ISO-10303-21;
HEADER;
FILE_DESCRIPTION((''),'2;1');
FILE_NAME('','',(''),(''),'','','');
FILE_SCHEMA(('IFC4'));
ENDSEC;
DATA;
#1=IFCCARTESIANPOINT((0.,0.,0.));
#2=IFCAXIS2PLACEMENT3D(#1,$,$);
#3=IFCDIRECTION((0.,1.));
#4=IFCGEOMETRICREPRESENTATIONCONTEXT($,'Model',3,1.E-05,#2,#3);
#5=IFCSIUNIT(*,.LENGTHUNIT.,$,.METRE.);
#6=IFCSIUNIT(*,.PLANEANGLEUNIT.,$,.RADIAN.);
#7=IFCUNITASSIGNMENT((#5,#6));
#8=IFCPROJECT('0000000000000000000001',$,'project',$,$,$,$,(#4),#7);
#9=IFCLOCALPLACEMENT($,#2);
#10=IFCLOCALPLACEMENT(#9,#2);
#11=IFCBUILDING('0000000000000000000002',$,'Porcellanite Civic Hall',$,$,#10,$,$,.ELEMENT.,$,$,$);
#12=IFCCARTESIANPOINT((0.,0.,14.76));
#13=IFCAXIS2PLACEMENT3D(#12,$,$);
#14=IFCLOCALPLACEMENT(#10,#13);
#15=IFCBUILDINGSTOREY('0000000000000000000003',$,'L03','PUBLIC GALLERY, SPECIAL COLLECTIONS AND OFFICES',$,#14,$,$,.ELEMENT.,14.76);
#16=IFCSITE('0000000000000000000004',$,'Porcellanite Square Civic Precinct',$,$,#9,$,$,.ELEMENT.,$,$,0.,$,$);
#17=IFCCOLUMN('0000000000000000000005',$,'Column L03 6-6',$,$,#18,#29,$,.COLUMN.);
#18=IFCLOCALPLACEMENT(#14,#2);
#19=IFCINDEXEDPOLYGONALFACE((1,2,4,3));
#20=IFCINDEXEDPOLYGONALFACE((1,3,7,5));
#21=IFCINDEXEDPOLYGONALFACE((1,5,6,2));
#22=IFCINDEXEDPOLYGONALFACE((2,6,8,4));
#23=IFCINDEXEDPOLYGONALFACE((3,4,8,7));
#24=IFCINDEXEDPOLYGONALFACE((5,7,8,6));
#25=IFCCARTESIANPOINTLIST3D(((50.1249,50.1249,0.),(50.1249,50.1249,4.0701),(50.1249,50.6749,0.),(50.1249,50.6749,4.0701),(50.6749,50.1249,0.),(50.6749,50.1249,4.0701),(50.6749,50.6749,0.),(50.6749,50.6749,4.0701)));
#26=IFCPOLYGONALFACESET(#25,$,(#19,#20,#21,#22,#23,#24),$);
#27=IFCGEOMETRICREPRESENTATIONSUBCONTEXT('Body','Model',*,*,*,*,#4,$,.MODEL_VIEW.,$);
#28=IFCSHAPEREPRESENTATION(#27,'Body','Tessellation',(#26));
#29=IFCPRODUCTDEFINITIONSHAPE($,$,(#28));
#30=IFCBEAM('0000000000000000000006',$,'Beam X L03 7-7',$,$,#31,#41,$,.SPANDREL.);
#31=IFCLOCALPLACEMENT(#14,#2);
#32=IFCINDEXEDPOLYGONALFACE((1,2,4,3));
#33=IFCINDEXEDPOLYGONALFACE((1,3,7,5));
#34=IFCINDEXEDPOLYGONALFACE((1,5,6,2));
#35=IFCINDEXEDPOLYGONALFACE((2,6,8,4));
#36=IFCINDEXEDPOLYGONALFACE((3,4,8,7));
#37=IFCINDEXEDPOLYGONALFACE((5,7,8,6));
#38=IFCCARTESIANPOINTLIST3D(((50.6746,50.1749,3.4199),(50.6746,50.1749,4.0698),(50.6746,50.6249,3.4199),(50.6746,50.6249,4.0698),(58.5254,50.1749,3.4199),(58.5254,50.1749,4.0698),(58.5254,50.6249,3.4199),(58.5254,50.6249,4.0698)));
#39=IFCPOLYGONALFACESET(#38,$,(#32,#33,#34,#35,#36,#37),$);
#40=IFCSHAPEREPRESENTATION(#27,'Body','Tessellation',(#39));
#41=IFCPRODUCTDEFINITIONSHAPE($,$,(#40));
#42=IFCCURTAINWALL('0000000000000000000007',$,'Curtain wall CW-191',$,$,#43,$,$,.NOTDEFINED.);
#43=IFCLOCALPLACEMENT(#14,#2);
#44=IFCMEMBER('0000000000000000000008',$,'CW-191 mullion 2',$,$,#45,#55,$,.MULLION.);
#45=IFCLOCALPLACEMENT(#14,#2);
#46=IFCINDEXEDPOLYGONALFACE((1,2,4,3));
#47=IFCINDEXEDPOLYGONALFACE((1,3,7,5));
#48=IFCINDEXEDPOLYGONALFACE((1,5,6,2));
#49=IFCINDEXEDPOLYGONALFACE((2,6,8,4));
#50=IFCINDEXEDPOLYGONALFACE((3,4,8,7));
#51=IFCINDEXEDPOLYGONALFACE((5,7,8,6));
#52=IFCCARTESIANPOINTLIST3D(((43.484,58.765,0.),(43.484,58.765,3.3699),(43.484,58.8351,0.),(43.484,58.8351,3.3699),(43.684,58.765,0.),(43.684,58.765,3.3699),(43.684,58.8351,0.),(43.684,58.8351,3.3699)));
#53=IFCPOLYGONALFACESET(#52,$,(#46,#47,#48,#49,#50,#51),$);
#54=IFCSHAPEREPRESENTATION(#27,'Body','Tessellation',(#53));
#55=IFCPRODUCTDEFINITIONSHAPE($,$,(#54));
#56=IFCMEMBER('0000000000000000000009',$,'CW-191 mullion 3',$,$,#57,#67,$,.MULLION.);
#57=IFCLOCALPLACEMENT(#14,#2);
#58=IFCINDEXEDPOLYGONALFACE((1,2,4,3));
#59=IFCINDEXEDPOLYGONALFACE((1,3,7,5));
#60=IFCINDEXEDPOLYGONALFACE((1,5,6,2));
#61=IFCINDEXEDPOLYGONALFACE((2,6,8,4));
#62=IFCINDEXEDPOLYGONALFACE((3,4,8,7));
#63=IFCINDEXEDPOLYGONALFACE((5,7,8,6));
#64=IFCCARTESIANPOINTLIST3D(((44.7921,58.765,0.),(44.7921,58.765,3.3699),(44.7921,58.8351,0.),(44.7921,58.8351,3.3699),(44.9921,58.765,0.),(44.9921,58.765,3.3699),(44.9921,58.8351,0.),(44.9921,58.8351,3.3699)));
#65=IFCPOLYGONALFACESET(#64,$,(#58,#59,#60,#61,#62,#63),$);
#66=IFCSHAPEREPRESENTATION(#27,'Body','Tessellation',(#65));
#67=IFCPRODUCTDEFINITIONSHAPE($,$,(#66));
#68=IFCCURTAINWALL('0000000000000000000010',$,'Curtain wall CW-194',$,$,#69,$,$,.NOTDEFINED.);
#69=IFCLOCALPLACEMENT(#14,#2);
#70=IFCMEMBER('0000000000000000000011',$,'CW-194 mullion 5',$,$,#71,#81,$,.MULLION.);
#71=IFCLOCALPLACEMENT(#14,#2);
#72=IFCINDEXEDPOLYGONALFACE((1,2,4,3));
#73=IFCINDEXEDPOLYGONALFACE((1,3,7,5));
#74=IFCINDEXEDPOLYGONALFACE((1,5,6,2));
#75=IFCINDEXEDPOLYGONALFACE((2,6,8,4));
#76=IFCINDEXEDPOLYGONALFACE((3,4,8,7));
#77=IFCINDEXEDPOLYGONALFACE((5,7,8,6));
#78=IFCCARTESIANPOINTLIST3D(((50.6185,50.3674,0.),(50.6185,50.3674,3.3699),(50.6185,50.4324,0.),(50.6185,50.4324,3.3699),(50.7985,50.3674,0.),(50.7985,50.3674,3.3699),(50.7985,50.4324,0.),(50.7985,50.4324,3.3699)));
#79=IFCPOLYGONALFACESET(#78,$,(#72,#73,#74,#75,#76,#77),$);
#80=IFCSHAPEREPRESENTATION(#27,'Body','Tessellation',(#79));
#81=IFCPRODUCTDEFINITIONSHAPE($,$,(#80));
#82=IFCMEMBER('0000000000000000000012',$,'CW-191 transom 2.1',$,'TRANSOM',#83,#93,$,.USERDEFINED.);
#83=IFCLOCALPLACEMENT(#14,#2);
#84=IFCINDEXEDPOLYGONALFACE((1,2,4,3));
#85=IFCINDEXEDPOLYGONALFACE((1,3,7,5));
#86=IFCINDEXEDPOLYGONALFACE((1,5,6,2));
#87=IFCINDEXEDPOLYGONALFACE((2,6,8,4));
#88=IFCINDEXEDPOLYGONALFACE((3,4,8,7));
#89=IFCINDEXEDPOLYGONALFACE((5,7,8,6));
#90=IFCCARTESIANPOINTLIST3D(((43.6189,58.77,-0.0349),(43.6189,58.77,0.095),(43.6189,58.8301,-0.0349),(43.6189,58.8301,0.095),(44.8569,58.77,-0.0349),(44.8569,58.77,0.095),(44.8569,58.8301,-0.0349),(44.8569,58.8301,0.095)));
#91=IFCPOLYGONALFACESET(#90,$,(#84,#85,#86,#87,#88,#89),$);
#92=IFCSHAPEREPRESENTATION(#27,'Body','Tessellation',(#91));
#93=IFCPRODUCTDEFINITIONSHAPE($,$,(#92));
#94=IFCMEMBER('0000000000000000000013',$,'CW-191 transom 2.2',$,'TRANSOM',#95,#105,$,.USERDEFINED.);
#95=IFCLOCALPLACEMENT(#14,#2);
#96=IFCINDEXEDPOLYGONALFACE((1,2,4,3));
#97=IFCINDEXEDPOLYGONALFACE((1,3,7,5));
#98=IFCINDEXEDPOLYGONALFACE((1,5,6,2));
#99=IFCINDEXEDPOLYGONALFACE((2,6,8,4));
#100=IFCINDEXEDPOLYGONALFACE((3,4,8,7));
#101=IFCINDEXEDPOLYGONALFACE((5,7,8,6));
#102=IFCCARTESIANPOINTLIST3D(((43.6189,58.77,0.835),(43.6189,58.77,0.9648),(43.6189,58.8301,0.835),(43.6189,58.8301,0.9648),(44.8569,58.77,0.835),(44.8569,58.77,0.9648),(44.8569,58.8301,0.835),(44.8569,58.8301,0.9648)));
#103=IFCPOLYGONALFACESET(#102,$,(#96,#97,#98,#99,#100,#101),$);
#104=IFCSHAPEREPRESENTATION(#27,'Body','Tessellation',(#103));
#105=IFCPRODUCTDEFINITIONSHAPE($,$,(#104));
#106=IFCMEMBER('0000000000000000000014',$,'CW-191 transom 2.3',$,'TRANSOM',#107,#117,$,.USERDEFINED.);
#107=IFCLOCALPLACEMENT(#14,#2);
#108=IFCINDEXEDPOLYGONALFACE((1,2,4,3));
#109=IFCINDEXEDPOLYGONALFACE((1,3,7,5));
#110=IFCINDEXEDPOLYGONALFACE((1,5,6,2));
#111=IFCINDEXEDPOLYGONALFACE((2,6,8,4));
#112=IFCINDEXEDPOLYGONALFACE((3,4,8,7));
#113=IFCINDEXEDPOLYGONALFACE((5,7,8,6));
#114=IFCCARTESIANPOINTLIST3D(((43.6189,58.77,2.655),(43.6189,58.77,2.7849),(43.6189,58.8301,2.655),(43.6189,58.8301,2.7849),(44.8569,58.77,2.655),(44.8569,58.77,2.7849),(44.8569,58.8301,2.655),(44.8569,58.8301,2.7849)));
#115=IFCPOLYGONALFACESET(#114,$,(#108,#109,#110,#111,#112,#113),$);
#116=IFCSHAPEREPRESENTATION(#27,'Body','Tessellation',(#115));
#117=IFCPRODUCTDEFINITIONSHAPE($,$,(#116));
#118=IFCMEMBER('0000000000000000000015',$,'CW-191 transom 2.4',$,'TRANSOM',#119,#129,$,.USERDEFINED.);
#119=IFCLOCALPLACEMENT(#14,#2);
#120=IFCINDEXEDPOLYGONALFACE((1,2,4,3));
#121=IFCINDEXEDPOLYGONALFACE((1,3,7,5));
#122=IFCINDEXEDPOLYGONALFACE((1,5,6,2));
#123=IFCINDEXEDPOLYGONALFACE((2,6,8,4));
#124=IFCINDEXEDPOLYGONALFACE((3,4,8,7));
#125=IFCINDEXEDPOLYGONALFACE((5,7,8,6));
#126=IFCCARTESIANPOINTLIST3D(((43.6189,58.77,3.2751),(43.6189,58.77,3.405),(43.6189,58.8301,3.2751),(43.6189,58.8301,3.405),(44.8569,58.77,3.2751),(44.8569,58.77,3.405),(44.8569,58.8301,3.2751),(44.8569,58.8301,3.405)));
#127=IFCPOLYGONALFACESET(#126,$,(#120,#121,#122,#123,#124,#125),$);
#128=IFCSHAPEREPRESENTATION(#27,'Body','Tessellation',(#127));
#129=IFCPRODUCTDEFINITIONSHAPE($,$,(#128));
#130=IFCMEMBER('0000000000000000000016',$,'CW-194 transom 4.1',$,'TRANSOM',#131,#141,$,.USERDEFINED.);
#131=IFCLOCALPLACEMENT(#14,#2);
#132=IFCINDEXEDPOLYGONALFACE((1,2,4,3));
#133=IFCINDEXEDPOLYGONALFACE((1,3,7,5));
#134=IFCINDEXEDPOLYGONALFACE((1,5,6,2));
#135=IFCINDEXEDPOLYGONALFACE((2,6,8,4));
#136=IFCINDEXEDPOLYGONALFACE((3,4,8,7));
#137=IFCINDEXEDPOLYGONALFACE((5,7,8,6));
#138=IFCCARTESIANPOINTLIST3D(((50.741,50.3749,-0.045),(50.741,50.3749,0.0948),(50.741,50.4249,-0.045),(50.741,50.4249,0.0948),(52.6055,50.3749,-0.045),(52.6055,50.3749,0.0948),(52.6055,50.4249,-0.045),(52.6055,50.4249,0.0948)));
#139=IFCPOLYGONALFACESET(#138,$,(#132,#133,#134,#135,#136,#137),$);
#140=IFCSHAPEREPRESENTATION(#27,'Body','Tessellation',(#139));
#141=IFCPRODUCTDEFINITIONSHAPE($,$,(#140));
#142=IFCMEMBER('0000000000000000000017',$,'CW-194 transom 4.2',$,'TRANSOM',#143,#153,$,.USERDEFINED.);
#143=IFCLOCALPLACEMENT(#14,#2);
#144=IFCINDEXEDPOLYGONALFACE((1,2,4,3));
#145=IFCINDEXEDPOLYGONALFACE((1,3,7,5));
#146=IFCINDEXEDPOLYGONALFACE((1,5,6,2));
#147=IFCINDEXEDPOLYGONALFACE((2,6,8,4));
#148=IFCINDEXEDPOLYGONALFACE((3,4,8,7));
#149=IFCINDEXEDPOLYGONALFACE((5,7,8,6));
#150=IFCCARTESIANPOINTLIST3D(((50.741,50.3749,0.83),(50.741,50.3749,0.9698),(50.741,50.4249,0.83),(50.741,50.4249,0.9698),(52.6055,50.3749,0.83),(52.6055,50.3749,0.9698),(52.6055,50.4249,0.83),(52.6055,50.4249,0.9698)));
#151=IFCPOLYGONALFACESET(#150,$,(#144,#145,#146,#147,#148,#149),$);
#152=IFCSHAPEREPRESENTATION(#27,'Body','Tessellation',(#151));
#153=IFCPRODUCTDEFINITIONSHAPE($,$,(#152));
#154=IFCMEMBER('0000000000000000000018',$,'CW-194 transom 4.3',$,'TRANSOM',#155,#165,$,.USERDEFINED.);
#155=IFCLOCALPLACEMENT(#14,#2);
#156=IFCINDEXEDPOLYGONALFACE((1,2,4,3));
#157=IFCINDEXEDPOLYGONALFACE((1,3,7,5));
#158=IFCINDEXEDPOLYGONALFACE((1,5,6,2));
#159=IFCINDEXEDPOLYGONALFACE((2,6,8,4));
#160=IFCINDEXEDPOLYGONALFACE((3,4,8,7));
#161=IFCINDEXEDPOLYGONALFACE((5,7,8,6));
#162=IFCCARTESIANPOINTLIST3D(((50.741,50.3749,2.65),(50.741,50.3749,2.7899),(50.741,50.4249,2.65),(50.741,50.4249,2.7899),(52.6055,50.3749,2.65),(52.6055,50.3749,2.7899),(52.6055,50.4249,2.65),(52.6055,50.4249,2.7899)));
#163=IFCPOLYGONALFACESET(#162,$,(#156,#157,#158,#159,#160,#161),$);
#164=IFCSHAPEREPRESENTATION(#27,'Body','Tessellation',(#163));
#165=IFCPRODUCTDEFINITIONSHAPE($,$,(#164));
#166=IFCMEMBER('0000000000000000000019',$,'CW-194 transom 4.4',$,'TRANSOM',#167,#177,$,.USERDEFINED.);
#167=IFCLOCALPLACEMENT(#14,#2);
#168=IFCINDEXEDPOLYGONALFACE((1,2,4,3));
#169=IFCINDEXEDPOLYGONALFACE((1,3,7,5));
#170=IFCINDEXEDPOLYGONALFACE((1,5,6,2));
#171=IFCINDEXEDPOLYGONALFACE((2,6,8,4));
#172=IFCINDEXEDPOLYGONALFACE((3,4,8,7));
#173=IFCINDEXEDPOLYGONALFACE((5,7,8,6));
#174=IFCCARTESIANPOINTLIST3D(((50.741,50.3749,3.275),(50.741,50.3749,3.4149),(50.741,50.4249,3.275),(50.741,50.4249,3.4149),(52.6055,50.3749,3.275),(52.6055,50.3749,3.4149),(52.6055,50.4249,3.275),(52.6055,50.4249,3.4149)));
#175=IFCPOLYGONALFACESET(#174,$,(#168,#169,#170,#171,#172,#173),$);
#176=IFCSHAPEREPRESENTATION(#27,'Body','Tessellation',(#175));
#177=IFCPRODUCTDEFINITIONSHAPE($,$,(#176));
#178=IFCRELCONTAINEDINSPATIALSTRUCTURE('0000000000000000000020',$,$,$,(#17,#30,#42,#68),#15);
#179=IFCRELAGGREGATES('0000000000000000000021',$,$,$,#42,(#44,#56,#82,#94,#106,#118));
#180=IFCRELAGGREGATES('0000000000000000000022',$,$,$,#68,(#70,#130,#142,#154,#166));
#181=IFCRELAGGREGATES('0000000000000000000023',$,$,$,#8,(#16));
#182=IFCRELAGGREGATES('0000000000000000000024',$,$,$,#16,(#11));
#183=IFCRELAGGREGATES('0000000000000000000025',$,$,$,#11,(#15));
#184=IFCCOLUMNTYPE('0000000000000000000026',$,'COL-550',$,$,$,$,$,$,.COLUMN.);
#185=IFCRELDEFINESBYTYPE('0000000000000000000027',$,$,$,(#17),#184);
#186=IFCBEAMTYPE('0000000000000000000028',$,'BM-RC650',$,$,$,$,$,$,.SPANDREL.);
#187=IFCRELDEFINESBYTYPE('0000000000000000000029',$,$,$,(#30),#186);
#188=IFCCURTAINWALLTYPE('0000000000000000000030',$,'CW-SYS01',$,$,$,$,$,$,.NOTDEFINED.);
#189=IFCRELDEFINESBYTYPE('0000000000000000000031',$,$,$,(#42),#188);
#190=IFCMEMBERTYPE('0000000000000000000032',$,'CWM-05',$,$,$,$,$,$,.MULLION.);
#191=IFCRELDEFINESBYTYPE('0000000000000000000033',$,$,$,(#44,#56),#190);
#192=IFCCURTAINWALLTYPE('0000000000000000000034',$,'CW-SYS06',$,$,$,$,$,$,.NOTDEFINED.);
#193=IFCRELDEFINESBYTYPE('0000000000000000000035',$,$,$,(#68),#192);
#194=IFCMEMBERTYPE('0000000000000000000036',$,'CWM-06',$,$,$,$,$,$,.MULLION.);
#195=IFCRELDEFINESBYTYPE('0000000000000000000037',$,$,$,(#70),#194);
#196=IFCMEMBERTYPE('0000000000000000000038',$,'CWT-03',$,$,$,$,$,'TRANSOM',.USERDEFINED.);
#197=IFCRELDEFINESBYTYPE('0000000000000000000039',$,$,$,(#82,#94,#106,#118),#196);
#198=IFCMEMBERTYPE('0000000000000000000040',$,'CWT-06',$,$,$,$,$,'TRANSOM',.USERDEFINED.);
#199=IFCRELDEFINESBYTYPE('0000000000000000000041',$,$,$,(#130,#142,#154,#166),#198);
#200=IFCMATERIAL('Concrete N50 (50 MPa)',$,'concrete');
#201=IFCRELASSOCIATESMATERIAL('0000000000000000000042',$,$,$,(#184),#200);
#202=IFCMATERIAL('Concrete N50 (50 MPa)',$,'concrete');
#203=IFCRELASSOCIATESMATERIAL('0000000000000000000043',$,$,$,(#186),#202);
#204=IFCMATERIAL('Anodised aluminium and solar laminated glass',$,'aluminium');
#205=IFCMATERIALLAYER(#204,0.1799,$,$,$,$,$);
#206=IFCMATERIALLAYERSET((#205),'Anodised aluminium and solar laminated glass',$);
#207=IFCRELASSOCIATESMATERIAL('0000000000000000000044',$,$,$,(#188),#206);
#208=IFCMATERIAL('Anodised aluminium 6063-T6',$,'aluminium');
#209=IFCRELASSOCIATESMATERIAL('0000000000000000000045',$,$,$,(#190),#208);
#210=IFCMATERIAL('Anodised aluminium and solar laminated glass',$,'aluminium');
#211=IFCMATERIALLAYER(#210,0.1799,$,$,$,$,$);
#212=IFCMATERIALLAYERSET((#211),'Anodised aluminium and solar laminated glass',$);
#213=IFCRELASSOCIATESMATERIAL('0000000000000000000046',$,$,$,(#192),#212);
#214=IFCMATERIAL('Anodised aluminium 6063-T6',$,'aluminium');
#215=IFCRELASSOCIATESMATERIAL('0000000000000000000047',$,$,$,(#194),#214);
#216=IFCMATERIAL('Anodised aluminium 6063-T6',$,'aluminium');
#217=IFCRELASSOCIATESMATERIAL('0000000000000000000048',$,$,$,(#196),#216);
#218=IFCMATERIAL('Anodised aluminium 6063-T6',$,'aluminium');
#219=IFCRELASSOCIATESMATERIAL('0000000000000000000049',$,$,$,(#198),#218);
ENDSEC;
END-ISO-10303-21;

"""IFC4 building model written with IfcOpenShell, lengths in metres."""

from ifc_helpers import new_model, si_unit, direction, frame, origin, origin_2d, place, context, subcontext, project, spatial, rectangle, extrude, material, layer, layer_set, material_profile, profile_set, type_object, element, aggregate, save


model = new_model("IFC4")

# Units and contexts
model_context = context("Model", 3, precision=1e-05, world=origin(), true_north=direction((0.0, 1.0)))
body_context = subcontext(model_context, "Body", "Model", "MODEL_VIEW")
ifc_project = project(units=[si_unit("LENGTHUNIT", "METRE"), si_unit("PLANEANGLEUNIT", "RADIAN")], contexts=[model_context])

# Site, building, storey
site_placement = place(None, origin())
site = spatial("IfcSite", under=ifc_project, at=site_placement, Name="Porcellanite Square Civic Precinct", CompositionType="ELEMENT", RefElevation=0.0)
building_placement = place(site_placement, origin())
building = spatial("IfcBuilding", under=site, at=building_placement, Name="Porcellanite Civic Hall", CompositionType="ELEMENT")
storey_placement = place(building_placement, frame((0.0, 0.0, 14.76)))
storey = spatial("IfcBuildingStorey", under=building, at=storey_placement, Name="L03", Description="PUBLIC GALLERY, SPECIAL COLLECTIONS AND OFFICES", CompositionType="ELEMENT", Elevation=14.76)

# Column
ifc_material_1 = material(Name="Concrete N50 (50 MPa)", Category="concrete")
ifc_material_profile_1 = material_profile(ifc_material_1, rectangle(XDim=0.55, YDim=0.55, at=origin_2d()), Name="RC-550x550")
ifc_profile_set_1 = profile_set([ifc_material_profile_1], Name="Concrete N50 (50 MPa)")
column_type = type_object("IfcColumnType", Name="COL-550", PredefinedType="COLUMN", material=ifc_profile_set_1)
column_placement = place(storey_placement, frame((50.3999, 50.3999, 0.0), z_axis=(0.0, 0.0, 1.0), x_axis=(1.0, 0.0, 0.0)))
element("IfcColumn", 1, at=column_placement, inside=storey, type_object=column_type, Name="Column L03 6-6", PredefinedType="COLUMN", context=body_context, shape_type="SweptSolid", body=[
    extrude(rectangle(XDim=0.55, YDim=0.55, at=origin_2d()), origin(), (0.0, 0.0, 1.0), 4.0701),
])

# Beam
ifc_material_2 = material(Name="Concrete N50 (50 MPa)", Category="concrete")
ifc_material_profile_2 = material_profile(ifc_material_2, rectangle(XDim=0.45, YDim=0.6499, at=origin_2d()), Name="RC-450x650")
ifc_profile_set_2 = profile_set([ifc_material_profile_2], Name="Concrete N50 (50 MPa)")
beam_type_1 = type_object("IfcBeamType", Name="BM-RC650", PredefinedType="SPANDREL", material=ifc_profile_set_2)
beam_1_placement = place(storey_placement, frame((50.6746, 50.3999, 3.7449), z_axis=(1.0, 0.0, 0.0), x_axis=(0.0, 1.0, 0.0)))
element("IfcBeam", 2, at=beam_1_placement, inside=storey, type_object=beam_type_1, Name="Beam X L03 7-7", PredefinedType="SPANDREL", context=body_context, shape_type="SweptSolid", body=[
    extrude(rectangle(XDim=0.45, YDim=0.6499, at=origin_2d()), origin(), (0.0, 0.0, 1.0), 7.8508),
])

# Curtain wall, members
ifc_material_3 = material(Name="Anodised aluminium and solar laminated glass", Category="aluminium")
ifc_layer_1 = layer(ifc_material_3, 0.1799)
ifc_layer_set_1 = layer_set([ifc_layer_1], Name="Anodised aluminium and solar laminated glass")
curtain_wall_type_1 = type_object("IfcCurtainWallType", Name="CW-SYS01", PredefinedType="NOTDEFINED", material=ifc_layer_set_1)
curtain_wall_1_placement = place(storey_placement, origin())
curtain_wall_1 = element("IfcCurtainWall", 3, at=curtain_wall_1_placement, inside=storey, type_object=curtain_wall_type_1, Name="Curtain wall CW-191", PredefinedType="NOTDEFINED")
ifc_material_4 = material(Name="Anodised aluminium 6063-T6", Category="aluminium")
ifc_material_profile_3 = material_profile(ifc_material_4, rectangle(XDim=0.0701, YDim=0.2, at=origin_2d()), Name="AL-70x200")
ifc_profile_set_3 = profile_set([ifc_material_profile_3], Name="Anodised aluminium 6063-T6")
member_type_1 = type_object("IfcMemberType", Name="CWM-05", PredefinedType="MULLION", material=ifc_profile_set_3)
member_1_placement = place(storey_placement, frame((43.584, 58.8, 0.0), z_axis=(0.0, 0.0, 1.0), x_axis=(0.0, 1.0, 0.0)))
member_1 = element("IfcMember", 4, at=member_1_placement, type_object=member_type_1, Name="CW-191 mullion 2", PredefinedType="MULLION", context=body_context, shape_type="SweptSolid", body=[
    extrude(rectangle(XDim=0.0701, YDim=0.2, at=origin_2d()), origin(), (0.0, 0.0, 1.0), 3.3699),
])
member_2_placement = place(storey_placement, frame((44.8921, 58.8, 0.0), z_axis=(0.0, 0.0, 1.0), x_axis=(0.0, 1.0, 0.0)))
member_2 = element("IfcMember", 5, at=member_2_placement, type_object=member_type_1, Name="CW-191 mullion 3", PredefinedType="MULLION", context=body_context, shape_type="SweptSolid", body=[
    extrude(rectangle(XDim=0.0701, YDim=0.2, at=origin_2d()), origin(), (0.0, 0.0, 1.0), 3.3699),
])

# Curtain wall, member
ifc_material_5 = material(Name="Anodised aluminium and solar laminated glass", Category="aluminium")
ifc_layer_2 = layer(ifc_material_5, 0.1799)
ifc_layer_set_2 = layer_set([ifc_layer_2], Name="Anodised aluminium and solar laminated glass")
curtain_wall_type_2 = type_object("IfcCurtainWallType", Name="CW-SYS06", PredefinedType="NOTDEFINED", material=ifc_layer_set_2)
curtain_wall_2_placement = place(storey_placement, origin())
curtain_wall_2 = element("IfcCurtainWall", 6, at=curtain_wall_2_placement, inside=storey, type_object=curtain_wall_type_2, Name="Curtain wall CW-194", PredefinedType="NOTDEFINED")
ifc_material_6 = material(Name="Anodised aluminium 6063-T6", Category="aluminium")
ifc_material_profile_4 = material_profile(ifc_material_6, rectangle(XDim=0.0649, YDim=0.1799, at=origin_2d()), Name="AL-65x180")
ifc_profile_set_4 = profile_set([ifc_material_profile_4], Name="Anodised aluminium 6063-T6")
member_type_2 = type_object("IfcMemberType", Name="CWM-06", PredefinedType="MULLION", material=ifc_profile_set_4)
member_3_placement = place(storey_placement, frame((50.7085, 50.3999, 0.0), z_axis=(0.0, 0.0, 1.0), x_axis=(0.0, -1.0, 0.0)))
member_3 = element("IfcMember", 7, at=member_3_placement, type_object=member_type_2, Name="CW-194 mullion 5", PredefinedType="MULLION", context=body_context, shape_type="SweptSolid", body=[
    extrude(rectangle(XDim=0.0649, YDim=0.1799, at=origin_2d()), origin(), (0.0, 0.0, 1.0), 3.3699),
])

# Members
ifc_material_7 = material(Name="Anodised aluminium 6063-T6", Category="aluminium")
ifc_material_profile_5 = material_profile(ifc_material_7, rectangle(XDim=0.0601, YDim=0.1299, at=origin_2d()), Name="AL-60x130")
ifc_profile_set_5 = profile_set([ifc_material_profile_5], Name="Anodised aluminium 6063-T6")
member_type_3 = type_object("IfcMemberType", Name="CWT-03", ElementType="TRANSOM", PredefinedType="USERDEFINED", material=ifc_profile_set_5)
member_4_placement = place(storey_placement, frame((43.6189, 58.8, 0.03), z_axis=(1.0, 0.0, 0.0), x_axis=(0.0, 1.0, 0.0)))
member_4 = element("IfcMember", 8, at=member_4_placement, type_object=member_type_3, Name="CW-191 transom 2.1", ObjectType="TRANSOM", PredefinedType="USERDEFINED", context=body_context, shape_type="SweptSolid", body=[
    extrude(rectangle(XDim=0.0601, YDim=0.1299, at=origin_2d()), origin(), (0.0, 0.0, 1.0), 1.238),
])
member_5_placement = place(storey_placement, frame((43.6189, 58.8, 0.8999), z_axis=(1.0, 0.0, 0.0), x_axis=(0.0, 1.0, 0.0)))
member_5 = element("IfcMember", 9, at=member_5_placement, type_object=member_type_3, Name="CW-191 transom 2.2", ObjectType="TRANSOM", PredefinedType="USERDEFINED", context=body_context, shape_type="SweptSolid", body=[
    extrude(rectangle(XDim=0.0601, YDim=0.1299, at=origin_2d()), origin(), (0.0, 0.0, 1.0), 1.238),
])
member_6_placement = place(storey_placement, frame((43.6189, 58.8, 2.72), z_axis=(1.0, 0.0, 0.0), x_axis=(0.0, 1.0, 0.0)))
member_6 = element("IfcMember", 10, at=member_6_placement, type_object=member_type_3, Name="CW-191 transom 2.3", ObjectType="TRANSOM", PredefinedType="USERDEFINED", context=body_context, shape_type="SweptSolid", body=[
    extrude(rectangle(XDim=0.0601, YDim=0.1299, at=origin_2d()), origin(), (0.0, 0.0, 1.0), 1.238),
])
member_7_placement = place(storey_placement, frame((43.6189, 58.8, 3.3401), z_axis=(1.0, 0.0, 0.0), x_axis=(0.0, 1.0, 0.0)))
member_7 = element("IfcMember", 11, at=member_7_placement, type_object=member_type_3, Name="CW-191 transom 2.4", ObjectType="TRANSOM", PredefinedType="USERDEFINED", context=body_context, shape_type="SweptSolid", body=[
    extrude(rectangle(XDim=0.0601, YDim=0.1299, at=origin_2d()), origin(), (0.0, 0.0, 1.0), 1.238),
])
ifc_material_8 = material(Name="Anodised aluminium 6063-T6", Category="aluminium")
ifc_material_profile_6 = material_profile(ifc_material_8, rectangle(XDim=0.05, YDim=0.1399, at=origin_2d()), Name="AL-50x140")
ifc_profile_set_6 = profile_set([ifc_material_profile_6], Name="Anodised aluminium 6063-T6")
member_type_4 = type_object("IfcMemberType", Name="CWT-06", ElementType="TRANSOM", PredefinedType="USERDEFINED", material=ifc_profile_set_6)
member_8_placement = place(storey_placement, frame((52.6055, 50.3999, 0.0249), z_axis=(-1.0, 0.0, 0.0), x_axis=(0.0, -1.0, 0.0)))
member_8 = element("IfcMember", 12, at=member_8_placement, type_object=member_type_4, Name="CW-194 transom 4.1", ObjectType="TRANSOM", PredefinedType="USERDEFINED", context=body_context, shape_type="SweptSolid", body=[
    extrude(rectangle(XDim=0.05, YDim=0.1399, at=origin_2d()), origin(), (0.0, 0.0, 1.0), 1.8645),
])
member_9_placement = place(storey_placement, frame((52.6055, 50.3999, 0.8999), z_axis=(-1.0, 0.0, 0.0), x_axis=(0.0, -1.0, 0.0)))
member_9 = element("IfcMember", 13, at=member_9_placement, type_object=member_type_4, Name="CW-194 transom 4.2", ObjectType="TRANSOM", PredefinedType="USERDEFINED", context=body_context, shape_type="SweptSolid", body=[
    extrude(rectangle(XDim=0.05, YDim=0.1399, at=origin_2d()), origin(), (0.0, 0.0, 1.0), 1.8645),
])
member_10_placement = place(storey_placement, frame((52.6055, 50.3999, 2.72), z_axis=(-1.0, 0.0, 0.0), x_axis=(0.0, -1.0, 0.0)))
member_10 = element("IfcMember", 14, at=member_10_placement, type_object=member_type_4, Name="CW-194 transom 4.3", ObjectType="TRANSOM", PredefinedType="USERDEFINED", context=body_context, shape_type="SweptSolid", body=[
    extrude(rectangle(XDim=0.05, YDim=0.1399, at=origin_2d()), origin(), (0.0, 0.0, 1.0), 1.8645),
])
member_11_placement = place(storey_placement, frame((52.6055, 50.3999, 3.345), z_axis=(-1.0, 0.0, 0.0), x_axis=(0.0, -1.0, 0.0)))
member_11 = element("IfcMember", 15, at=member_11_placement, type_object=member_type_4, Name="CW-194 transom 4.4", ObjectType="TRANSOM", PredefinedType="USERDEFINED", context=body_context, shape_type="SweptSolid", body=[
    extrude(rectangle(XDim=0.05, YDim=0.1399, at=origin_2d()), origin(), (0.0, 0.0, 1.0), 1.8645),
])

aggregate(curtain_wall_1, [member_1, member_2, member_4, member_5, member_6, member_7])
aggregate(curtain_wall_2, [member_3, member_8, member_9, member_10, member_11])

save(model, "model.ifc")
